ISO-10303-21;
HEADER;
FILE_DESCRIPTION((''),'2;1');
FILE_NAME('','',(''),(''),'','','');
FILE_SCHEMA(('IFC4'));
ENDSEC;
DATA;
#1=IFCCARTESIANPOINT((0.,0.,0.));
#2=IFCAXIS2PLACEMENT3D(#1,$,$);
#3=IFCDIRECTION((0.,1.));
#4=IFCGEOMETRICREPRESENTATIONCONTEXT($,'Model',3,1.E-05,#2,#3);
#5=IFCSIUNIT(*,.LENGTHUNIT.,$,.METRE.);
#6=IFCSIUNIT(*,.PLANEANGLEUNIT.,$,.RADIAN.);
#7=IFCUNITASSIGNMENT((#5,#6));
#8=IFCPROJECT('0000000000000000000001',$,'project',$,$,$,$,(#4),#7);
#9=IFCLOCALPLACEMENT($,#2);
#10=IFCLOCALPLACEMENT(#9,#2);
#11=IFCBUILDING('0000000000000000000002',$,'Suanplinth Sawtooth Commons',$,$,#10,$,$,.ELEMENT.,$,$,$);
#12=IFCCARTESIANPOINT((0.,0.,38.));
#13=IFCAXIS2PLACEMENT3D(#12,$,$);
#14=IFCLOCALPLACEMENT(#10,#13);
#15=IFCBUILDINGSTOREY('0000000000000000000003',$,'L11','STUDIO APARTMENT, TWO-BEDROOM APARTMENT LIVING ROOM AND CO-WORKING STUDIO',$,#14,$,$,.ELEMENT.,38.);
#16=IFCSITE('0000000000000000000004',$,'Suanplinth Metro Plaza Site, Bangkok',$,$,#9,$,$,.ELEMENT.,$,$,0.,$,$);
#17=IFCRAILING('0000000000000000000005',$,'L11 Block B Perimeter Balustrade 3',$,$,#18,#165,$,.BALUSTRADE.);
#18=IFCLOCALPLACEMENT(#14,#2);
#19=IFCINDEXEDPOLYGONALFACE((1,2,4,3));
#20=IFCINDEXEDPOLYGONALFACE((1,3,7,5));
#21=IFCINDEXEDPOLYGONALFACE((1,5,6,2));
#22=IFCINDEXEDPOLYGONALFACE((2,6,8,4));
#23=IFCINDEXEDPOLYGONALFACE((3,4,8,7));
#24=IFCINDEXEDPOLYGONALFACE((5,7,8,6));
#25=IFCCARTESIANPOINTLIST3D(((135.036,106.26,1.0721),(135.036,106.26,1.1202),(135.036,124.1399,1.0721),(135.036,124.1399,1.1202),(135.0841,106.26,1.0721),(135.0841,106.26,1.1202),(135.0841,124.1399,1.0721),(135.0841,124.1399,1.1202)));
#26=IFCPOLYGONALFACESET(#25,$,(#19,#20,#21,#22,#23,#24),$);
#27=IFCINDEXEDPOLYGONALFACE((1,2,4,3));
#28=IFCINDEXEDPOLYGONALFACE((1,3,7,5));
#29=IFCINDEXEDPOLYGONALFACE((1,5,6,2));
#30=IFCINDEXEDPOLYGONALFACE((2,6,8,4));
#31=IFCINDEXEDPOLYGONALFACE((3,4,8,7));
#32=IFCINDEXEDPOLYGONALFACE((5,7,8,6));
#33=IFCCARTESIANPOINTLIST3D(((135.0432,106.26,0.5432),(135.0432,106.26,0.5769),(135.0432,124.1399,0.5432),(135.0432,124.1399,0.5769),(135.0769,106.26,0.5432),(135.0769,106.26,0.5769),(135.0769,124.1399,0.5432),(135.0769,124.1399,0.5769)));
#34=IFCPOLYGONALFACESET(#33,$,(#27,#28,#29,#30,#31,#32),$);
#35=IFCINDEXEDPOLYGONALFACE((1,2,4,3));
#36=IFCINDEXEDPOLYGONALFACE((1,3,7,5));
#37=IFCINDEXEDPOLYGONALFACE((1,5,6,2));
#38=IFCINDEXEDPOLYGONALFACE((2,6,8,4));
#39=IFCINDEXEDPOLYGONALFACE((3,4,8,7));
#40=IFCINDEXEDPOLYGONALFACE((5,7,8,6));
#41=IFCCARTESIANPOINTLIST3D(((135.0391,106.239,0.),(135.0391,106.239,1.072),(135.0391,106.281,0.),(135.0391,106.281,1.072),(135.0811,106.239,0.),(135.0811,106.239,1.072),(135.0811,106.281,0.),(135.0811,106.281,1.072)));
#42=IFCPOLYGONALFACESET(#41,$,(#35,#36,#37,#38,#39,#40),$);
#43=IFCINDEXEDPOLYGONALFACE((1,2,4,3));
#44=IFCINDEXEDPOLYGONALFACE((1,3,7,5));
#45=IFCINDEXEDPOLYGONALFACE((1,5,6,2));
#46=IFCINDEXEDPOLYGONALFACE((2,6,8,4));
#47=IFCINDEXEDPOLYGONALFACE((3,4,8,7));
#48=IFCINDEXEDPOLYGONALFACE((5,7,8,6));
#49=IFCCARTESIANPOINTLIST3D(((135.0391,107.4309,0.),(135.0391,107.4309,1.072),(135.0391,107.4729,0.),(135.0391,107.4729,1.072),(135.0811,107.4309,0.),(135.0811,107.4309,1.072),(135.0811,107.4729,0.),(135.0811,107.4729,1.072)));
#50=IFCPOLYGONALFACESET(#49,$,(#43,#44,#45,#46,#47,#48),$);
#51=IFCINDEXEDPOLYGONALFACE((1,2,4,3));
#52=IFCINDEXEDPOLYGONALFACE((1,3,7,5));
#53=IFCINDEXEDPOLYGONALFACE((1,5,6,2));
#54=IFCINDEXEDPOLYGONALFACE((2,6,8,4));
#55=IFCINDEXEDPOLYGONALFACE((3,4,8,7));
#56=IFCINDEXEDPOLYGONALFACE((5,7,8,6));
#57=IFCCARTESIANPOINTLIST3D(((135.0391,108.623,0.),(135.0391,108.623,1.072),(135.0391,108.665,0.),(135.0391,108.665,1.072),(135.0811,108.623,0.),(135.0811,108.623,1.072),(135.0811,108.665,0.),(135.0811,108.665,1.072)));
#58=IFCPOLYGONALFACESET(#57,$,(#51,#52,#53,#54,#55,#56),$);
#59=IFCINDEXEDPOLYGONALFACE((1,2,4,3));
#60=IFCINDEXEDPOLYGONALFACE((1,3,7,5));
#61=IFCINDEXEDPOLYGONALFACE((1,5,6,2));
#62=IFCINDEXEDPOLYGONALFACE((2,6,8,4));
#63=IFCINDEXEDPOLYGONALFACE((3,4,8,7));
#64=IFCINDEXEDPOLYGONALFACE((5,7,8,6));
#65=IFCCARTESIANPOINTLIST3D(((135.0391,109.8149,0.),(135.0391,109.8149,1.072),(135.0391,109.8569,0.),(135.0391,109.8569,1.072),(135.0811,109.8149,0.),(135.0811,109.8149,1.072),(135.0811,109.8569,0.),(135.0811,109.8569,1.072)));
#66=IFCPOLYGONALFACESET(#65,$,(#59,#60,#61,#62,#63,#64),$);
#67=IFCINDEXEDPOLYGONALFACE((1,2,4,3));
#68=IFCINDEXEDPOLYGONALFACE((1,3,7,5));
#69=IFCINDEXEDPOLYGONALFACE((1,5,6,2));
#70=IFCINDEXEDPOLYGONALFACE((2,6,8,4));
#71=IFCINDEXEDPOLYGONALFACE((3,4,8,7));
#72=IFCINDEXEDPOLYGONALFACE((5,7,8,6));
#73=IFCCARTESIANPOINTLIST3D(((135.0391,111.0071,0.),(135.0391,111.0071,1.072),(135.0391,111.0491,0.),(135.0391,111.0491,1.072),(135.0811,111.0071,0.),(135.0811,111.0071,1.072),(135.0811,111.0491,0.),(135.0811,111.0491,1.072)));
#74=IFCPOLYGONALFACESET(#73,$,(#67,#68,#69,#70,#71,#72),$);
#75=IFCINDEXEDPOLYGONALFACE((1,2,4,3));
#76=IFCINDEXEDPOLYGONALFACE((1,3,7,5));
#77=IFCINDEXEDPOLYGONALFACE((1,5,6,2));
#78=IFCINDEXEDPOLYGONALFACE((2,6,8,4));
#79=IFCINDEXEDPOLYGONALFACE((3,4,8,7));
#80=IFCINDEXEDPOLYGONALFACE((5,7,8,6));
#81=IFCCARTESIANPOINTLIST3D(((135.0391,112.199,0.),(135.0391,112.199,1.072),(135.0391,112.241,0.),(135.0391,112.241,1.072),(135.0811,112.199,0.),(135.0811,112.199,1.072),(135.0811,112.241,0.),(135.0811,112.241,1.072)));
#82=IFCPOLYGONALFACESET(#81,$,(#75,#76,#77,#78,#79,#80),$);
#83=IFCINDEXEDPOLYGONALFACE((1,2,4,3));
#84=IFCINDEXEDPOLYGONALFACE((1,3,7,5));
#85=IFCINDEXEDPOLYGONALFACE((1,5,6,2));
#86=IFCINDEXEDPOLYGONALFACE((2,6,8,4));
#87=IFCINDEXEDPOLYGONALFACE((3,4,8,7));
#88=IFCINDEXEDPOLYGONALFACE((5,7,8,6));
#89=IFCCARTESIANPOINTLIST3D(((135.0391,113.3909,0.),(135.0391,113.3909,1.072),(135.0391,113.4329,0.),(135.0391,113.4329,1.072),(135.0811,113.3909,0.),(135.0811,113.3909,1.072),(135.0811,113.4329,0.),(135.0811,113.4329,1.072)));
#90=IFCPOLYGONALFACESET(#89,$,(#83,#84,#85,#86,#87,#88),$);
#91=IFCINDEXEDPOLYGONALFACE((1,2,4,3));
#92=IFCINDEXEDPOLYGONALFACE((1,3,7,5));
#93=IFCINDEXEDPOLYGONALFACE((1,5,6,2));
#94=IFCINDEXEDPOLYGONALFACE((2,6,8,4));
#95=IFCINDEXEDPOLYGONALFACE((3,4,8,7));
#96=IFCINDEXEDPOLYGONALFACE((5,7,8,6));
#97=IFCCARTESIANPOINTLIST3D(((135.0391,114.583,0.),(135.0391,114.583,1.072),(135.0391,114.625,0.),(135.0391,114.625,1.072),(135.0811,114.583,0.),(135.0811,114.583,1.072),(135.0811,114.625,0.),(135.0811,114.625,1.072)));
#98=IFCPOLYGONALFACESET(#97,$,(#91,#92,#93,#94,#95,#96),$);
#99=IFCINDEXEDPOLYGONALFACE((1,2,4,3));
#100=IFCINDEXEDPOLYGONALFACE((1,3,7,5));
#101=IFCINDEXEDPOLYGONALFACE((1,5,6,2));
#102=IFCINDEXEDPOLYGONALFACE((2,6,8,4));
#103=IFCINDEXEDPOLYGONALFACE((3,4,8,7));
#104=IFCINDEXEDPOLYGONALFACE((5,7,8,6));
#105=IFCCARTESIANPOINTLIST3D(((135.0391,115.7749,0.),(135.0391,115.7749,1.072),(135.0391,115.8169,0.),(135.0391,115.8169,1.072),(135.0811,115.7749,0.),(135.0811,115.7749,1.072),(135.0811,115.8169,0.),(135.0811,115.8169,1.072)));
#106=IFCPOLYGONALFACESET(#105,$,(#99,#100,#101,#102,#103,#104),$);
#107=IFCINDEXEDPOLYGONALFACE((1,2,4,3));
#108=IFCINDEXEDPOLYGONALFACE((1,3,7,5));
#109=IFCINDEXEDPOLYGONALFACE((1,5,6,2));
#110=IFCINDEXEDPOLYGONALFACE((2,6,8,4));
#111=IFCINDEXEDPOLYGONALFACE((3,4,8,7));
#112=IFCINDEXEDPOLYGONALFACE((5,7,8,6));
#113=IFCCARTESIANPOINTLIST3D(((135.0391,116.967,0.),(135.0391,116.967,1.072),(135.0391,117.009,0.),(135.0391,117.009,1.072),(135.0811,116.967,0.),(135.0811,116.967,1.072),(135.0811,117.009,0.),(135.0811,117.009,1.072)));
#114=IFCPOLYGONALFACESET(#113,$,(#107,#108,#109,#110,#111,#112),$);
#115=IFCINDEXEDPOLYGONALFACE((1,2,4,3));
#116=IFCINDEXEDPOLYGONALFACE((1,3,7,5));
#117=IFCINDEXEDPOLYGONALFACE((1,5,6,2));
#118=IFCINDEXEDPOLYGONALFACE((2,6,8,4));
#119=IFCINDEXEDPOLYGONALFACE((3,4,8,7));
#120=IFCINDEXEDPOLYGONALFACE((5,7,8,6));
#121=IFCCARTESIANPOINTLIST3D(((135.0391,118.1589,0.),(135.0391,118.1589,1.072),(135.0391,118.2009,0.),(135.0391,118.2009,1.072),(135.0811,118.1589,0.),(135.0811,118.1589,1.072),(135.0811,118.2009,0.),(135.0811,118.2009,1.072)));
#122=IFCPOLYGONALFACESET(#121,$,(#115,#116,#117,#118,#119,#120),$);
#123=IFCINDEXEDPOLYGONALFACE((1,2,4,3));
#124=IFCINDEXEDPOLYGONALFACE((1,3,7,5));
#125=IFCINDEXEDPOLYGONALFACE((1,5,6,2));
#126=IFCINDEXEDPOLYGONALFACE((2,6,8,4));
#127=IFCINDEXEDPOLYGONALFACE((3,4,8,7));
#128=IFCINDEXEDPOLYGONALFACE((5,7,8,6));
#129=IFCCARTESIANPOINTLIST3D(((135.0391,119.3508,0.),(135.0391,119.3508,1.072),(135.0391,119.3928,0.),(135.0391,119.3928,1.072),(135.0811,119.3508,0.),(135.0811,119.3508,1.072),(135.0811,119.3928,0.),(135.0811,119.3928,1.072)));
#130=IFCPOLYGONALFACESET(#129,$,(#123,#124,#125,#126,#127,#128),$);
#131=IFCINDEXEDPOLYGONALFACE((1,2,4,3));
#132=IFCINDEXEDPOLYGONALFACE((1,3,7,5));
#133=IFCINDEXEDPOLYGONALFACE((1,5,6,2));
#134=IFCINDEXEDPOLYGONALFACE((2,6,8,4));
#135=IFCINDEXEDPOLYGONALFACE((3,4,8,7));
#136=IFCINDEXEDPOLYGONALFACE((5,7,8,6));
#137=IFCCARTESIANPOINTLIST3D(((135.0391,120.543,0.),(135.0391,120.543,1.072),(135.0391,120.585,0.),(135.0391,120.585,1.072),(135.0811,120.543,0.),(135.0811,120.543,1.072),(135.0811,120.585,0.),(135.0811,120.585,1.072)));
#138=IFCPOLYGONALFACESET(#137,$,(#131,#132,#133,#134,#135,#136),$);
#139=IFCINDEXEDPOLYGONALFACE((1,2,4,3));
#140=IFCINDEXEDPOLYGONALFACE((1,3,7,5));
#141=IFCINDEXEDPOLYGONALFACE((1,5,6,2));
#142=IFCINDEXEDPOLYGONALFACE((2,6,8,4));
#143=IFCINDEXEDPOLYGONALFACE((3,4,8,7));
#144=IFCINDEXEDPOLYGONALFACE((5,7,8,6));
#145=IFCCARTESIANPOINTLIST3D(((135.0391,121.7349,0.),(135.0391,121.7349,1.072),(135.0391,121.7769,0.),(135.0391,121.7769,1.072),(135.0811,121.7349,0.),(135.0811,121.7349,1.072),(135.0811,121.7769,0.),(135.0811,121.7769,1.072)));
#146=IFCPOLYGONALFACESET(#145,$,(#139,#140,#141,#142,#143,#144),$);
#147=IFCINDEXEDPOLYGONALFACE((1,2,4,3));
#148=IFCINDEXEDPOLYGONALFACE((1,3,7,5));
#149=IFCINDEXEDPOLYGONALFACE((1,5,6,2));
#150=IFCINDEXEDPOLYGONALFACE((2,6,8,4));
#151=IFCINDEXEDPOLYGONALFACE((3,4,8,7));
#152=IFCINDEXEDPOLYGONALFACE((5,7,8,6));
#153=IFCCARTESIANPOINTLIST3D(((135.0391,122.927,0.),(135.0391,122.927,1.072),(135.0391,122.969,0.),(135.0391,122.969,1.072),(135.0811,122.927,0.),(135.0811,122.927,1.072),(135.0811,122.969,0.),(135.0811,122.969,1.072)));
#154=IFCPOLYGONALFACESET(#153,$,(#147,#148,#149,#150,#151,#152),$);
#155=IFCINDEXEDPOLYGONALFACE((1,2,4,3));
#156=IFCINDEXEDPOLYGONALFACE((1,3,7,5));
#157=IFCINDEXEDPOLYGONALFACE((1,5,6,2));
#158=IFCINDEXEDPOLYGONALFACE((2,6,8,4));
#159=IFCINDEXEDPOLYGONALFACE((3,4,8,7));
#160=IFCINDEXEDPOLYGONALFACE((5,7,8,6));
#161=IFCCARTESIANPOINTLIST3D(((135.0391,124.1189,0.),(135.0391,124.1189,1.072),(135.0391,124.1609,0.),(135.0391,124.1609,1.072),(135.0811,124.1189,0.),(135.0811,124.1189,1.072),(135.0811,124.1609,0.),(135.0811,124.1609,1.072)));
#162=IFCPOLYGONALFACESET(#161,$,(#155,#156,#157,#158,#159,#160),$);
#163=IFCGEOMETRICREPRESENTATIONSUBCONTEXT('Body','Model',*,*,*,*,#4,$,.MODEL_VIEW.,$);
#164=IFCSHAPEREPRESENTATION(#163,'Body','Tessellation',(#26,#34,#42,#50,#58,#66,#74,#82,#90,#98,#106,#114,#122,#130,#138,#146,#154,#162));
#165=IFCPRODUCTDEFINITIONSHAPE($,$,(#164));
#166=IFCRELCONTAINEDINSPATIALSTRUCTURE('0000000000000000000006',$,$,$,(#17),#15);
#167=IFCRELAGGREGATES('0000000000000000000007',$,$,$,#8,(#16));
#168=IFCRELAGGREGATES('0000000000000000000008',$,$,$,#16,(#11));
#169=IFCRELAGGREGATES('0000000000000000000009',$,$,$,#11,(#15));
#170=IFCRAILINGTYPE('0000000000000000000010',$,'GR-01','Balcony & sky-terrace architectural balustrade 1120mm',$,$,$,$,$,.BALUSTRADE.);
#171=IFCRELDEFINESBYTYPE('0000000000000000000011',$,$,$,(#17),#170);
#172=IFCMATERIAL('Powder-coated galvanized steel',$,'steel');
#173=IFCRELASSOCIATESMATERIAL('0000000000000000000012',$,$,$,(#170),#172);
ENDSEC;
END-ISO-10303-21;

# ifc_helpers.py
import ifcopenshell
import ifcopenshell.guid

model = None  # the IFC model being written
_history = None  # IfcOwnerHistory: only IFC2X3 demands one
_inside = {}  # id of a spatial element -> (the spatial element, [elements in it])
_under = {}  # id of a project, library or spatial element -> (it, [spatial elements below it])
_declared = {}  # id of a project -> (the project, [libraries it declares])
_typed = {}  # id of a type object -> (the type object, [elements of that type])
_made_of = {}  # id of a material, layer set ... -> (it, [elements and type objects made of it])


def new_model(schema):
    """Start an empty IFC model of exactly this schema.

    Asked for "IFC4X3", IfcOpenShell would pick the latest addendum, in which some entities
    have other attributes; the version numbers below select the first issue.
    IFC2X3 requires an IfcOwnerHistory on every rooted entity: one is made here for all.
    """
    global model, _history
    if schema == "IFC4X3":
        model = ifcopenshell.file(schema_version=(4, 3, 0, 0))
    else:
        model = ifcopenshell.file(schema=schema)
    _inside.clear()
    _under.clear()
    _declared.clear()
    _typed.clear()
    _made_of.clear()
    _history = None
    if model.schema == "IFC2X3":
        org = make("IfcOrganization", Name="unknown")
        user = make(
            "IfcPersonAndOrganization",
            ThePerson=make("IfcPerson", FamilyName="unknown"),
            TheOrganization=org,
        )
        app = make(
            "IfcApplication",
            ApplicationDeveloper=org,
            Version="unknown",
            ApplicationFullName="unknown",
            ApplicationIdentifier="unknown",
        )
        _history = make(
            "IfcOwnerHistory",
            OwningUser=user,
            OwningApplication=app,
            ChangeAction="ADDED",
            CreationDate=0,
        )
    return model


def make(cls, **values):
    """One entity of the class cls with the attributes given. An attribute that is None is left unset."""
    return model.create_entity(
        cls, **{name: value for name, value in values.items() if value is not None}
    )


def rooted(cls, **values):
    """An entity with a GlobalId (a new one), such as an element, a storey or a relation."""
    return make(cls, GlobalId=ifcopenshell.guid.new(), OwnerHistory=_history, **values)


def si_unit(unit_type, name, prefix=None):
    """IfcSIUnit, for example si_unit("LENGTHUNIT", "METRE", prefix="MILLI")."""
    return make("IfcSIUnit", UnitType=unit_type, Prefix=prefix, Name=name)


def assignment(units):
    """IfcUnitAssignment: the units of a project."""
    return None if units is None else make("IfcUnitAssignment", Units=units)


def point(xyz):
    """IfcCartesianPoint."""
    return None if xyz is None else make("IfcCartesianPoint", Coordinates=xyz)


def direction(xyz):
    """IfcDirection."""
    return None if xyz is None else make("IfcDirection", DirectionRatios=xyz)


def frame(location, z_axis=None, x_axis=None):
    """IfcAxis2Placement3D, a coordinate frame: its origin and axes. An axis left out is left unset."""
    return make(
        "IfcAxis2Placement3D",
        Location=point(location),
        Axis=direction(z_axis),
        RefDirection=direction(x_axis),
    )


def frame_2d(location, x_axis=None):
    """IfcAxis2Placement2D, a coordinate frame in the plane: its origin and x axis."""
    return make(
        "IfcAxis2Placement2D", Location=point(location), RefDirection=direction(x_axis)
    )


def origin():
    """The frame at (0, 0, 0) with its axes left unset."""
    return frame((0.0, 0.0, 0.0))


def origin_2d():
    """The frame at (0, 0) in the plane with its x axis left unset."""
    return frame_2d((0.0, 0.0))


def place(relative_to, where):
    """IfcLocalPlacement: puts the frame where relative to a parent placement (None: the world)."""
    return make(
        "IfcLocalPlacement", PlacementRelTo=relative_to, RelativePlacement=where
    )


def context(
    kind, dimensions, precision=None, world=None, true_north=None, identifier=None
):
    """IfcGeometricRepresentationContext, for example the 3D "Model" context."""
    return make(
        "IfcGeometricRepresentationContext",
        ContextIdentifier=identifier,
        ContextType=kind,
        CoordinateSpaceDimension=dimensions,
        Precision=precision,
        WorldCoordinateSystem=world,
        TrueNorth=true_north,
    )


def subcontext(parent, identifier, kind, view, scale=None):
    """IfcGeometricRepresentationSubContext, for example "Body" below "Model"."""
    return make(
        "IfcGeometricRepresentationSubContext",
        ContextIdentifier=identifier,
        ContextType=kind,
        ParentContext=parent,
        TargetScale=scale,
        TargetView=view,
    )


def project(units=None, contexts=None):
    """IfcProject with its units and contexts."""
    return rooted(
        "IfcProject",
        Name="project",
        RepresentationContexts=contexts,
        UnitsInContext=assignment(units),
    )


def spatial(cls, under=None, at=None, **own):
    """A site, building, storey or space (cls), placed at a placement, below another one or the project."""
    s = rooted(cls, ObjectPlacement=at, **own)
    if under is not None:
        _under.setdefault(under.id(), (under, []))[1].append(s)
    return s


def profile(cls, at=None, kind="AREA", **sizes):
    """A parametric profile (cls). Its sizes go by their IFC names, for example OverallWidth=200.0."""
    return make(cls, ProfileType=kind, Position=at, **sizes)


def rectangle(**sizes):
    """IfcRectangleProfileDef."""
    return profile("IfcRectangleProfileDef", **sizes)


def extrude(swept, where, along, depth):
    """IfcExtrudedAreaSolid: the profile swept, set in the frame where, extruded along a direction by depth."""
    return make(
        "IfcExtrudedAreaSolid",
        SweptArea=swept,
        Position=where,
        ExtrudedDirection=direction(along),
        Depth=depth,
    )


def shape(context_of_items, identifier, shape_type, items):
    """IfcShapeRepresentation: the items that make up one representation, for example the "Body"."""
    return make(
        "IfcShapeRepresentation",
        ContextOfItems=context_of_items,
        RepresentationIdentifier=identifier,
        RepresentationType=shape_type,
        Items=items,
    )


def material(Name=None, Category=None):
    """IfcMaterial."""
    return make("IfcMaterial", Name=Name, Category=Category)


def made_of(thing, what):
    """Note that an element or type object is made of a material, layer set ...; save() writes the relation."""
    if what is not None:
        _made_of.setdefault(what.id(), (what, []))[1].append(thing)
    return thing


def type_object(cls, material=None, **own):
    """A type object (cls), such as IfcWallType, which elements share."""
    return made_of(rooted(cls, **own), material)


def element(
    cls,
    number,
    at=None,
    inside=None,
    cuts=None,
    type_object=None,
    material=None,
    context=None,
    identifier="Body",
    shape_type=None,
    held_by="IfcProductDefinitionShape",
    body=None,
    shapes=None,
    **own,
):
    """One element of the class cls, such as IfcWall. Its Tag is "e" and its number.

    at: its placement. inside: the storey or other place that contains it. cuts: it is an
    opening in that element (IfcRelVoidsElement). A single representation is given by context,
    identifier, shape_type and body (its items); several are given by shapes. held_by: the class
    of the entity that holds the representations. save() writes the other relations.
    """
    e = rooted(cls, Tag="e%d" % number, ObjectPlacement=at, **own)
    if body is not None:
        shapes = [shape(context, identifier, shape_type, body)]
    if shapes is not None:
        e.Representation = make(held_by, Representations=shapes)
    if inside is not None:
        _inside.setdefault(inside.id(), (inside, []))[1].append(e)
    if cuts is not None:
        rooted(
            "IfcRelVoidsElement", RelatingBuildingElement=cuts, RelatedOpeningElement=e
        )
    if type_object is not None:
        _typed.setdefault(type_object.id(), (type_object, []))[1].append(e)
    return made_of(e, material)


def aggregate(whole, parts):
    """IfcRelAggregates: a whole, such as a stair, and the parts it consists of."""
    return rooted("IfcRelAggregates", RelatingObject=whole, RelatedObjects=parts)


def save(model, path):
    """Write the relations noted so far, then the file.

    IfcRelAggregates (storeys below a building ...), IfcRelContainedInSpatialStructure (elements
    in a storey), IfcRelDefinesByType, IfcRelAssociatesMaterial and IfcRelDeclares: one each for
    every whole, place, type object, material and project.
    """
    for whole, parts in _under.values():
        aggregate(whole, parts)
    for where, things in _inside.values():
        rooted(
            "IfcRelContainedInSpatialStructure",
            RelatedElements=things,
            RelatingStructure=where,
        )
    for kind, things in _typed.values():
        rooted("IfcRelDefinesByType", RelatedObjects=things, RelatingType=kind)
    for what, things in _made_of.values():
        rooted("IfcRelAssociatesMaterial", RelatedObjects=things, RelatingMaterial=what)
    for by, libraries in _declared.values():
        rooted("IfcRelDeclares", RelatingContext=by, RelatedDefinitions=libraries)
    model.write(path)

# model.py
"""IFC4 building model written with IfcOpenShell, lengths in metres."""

from ifc_helpers import new_model, si_unit, direction, frame, origin, origin_2d, place, context, subcontext, project, spatial, rectangle, extrude, material, type_object, element, save


model = new_model("IFC4")

# Units and contexts
model_context = context("Model", 3, precision=1e-05, world=origin(), true_north=direction((0.0, 1.0)))
body_context = subcontext(model_context, "Body", "Model", "MODEL_VIEW")
ifc_project = project(units=[si_unit("LENGTHUNIT", "METRE"), si_unit("PLANEANGLEUNIT", "RADIAN")], contexts=[model_context])

# Site, building, storey
site_placement = place(None, origin())
site = spatial("IfcSite", under=ifc_project, at=site_placement, Name="Suanplinth Metro Plaza Site, Bangkok", CompositionType="ELEMENT", RefElevation=0.0)
building_placement = place(site_placement, origin())
building = spatial("IfcBuilding", under=site, at=building_placement, Name="Suanplinth Sawtooth Commons", CompositionType="ELEMENT")
storey_placement = place(building_placement, frame((0.0, 0.0, 38.0)))
storey = spatial("IfcBuildingStorey", under=building, at=storey_placement, Name="L11", Description="STUDIO APARTMENT, TWO-BEDROOM APARTMENT LIVING ROOM AND CO-WORKING STUDIO", CompositionType="ELEMENT", Elevation=38.0)

# Railing
ifc_material_1 = material(Name="Powder-coated galvanized steel", Category="steel")
railing_type = type_object("IfcRailingType", Name="GR-01", Description="Balcony & sky-terrace architectural balustrade 1120mm", PredefinedType="BALUSTRADE", material=ifc_material_1)
railing_1_placement = place(storey_placement, frame((135.0601, 106.26, 0.0)))
element("IfcRailing", 1, at=railing_1_placement, inside=storey, type_object=railing_type, Name="L11 Block B Perimeter Balustrade 3", PredefinedType="BALUSTRADE", context=body_context, shape_type="SweptSolid", body=[
    extrude(rectangle(XDim=0.0481, YDim=0.0481, at=origin_2d()), frame((0.0, 0.0, 1.0962), z_axis=(0.0, 1.0, 0.0), x_axis=(-1.0, 0.0, 0.0)), (0.0, 0.0, 1.0), 17.8799),
    extrude(rectangle(XDim=0.0337, YDim=0.0337, at=origin_2d()), frame((0.0, 0.0, 0.5601), z_axis=(0.0, 1.0, 0.0), x_axis=(-1.0, 0.0, 0.0)), (0.0, 0.0, 1.0), 17.8799),
    extrude(rectangle(XDim=0.042, YDim=0.042, at=origin_2d()), origin(), (0.0, 0.0, 1.0), 1.072),
    extrude(rectangle(XDim=0.042, YDim=0.042, at=origin_2d()), frame((0.0, 1.1919, 0.0)), (0.0, 0.0, 1.0), 1.072),
    extrude(rectangle(XDim=0.042, YDim=0.042, at=origin_2d()), frame((0.0, 2.384, 0.0)), (0.0, 0.0, 1.0), 1.072),
    extrude(rectangle(XDim=0.042, YDim=0.042, at=origin_2d()), frame((0.0, 3.5759, 0.0)), (0.0, 0.0, 1.0), 1.072),
    extrude(rectangle(XDim=0.042, YDim=0.042, at=origin_2d()), frame((0.0, 4.7681, 0.0)), (0.0, 0.0, 1.0), 1.072),
    extrude(rectangle(XDim=0.042, YDim=0.042, at=origin_2d()), frame((0.0, 5.96, 0.0)), (0.0, 0.0, 1.0), 1.072),
    extrude(rectangle(XDim=0.042, YDim=0.042, at=origin_2d()), frame((0.0, 7.1519, 0.0)), (0.0, 0.0, 1.0), 1.072),
    extrude(rectangle(XDim=0.042, YDim=0.042, at=origin_2d()), frame((0.0, 8.344, 0.0)), (0.0, 0.0, 1.0), 1.072),
    extrude(rectangle(XDim=0.042, YDim=0.042, at=origin_2d()), frame((0.0, 9.5359, 0.0)), (0.0, 0.0, 1.0), 1.072),
    extrude(rectangle(XDim=0.042, YDim=0.042, at=origin_2d()), frame((0.0, 10.728, 0.0)), (0.0, 0.0, 1.0), 1.072),
    extrude(rectangle(XDim=0.042, YDim=0.042, at=origin_2d()), frame((0.0, 11.9199, 0.0)), (0.0, 0.0, 1.0), 1.072),
    extrude(rectangle(XDim=0.042, YDim=0.042, at=origin_2d()), frame((0.0, 13.1118, 0.0)), (0.0, 0.0, 1.0), 1.072),
    extrude(rectangle(XDim=0.042, YDim=0.042, at=origin_2d()), frame((0.0, 14.304, 0.0)), (0.0, 0.0, 1.0), 1.072),
    extrude(rectangle(XDim=0.042, YDim=0.042, at=origin_2d()), frame((0.0, 15.4958, 0.0)), (0.0, 0.0, 1.0), 1.072),
    extrude(rectangle(XDim=0.042, YDim=0.042, at=origin_2d()), frame((0.0, 16.688, 0.0)), (0.0, 0.0, 1.0), 1.072),
    extrude(rectangle(XDim=0.042, YDim=0.042, at=origin_2d()), frame((0.0, 17.8799, 0.0)), (0.0, 0.0, 1.0), 1.072),
])

save(model, "model.ifc")
